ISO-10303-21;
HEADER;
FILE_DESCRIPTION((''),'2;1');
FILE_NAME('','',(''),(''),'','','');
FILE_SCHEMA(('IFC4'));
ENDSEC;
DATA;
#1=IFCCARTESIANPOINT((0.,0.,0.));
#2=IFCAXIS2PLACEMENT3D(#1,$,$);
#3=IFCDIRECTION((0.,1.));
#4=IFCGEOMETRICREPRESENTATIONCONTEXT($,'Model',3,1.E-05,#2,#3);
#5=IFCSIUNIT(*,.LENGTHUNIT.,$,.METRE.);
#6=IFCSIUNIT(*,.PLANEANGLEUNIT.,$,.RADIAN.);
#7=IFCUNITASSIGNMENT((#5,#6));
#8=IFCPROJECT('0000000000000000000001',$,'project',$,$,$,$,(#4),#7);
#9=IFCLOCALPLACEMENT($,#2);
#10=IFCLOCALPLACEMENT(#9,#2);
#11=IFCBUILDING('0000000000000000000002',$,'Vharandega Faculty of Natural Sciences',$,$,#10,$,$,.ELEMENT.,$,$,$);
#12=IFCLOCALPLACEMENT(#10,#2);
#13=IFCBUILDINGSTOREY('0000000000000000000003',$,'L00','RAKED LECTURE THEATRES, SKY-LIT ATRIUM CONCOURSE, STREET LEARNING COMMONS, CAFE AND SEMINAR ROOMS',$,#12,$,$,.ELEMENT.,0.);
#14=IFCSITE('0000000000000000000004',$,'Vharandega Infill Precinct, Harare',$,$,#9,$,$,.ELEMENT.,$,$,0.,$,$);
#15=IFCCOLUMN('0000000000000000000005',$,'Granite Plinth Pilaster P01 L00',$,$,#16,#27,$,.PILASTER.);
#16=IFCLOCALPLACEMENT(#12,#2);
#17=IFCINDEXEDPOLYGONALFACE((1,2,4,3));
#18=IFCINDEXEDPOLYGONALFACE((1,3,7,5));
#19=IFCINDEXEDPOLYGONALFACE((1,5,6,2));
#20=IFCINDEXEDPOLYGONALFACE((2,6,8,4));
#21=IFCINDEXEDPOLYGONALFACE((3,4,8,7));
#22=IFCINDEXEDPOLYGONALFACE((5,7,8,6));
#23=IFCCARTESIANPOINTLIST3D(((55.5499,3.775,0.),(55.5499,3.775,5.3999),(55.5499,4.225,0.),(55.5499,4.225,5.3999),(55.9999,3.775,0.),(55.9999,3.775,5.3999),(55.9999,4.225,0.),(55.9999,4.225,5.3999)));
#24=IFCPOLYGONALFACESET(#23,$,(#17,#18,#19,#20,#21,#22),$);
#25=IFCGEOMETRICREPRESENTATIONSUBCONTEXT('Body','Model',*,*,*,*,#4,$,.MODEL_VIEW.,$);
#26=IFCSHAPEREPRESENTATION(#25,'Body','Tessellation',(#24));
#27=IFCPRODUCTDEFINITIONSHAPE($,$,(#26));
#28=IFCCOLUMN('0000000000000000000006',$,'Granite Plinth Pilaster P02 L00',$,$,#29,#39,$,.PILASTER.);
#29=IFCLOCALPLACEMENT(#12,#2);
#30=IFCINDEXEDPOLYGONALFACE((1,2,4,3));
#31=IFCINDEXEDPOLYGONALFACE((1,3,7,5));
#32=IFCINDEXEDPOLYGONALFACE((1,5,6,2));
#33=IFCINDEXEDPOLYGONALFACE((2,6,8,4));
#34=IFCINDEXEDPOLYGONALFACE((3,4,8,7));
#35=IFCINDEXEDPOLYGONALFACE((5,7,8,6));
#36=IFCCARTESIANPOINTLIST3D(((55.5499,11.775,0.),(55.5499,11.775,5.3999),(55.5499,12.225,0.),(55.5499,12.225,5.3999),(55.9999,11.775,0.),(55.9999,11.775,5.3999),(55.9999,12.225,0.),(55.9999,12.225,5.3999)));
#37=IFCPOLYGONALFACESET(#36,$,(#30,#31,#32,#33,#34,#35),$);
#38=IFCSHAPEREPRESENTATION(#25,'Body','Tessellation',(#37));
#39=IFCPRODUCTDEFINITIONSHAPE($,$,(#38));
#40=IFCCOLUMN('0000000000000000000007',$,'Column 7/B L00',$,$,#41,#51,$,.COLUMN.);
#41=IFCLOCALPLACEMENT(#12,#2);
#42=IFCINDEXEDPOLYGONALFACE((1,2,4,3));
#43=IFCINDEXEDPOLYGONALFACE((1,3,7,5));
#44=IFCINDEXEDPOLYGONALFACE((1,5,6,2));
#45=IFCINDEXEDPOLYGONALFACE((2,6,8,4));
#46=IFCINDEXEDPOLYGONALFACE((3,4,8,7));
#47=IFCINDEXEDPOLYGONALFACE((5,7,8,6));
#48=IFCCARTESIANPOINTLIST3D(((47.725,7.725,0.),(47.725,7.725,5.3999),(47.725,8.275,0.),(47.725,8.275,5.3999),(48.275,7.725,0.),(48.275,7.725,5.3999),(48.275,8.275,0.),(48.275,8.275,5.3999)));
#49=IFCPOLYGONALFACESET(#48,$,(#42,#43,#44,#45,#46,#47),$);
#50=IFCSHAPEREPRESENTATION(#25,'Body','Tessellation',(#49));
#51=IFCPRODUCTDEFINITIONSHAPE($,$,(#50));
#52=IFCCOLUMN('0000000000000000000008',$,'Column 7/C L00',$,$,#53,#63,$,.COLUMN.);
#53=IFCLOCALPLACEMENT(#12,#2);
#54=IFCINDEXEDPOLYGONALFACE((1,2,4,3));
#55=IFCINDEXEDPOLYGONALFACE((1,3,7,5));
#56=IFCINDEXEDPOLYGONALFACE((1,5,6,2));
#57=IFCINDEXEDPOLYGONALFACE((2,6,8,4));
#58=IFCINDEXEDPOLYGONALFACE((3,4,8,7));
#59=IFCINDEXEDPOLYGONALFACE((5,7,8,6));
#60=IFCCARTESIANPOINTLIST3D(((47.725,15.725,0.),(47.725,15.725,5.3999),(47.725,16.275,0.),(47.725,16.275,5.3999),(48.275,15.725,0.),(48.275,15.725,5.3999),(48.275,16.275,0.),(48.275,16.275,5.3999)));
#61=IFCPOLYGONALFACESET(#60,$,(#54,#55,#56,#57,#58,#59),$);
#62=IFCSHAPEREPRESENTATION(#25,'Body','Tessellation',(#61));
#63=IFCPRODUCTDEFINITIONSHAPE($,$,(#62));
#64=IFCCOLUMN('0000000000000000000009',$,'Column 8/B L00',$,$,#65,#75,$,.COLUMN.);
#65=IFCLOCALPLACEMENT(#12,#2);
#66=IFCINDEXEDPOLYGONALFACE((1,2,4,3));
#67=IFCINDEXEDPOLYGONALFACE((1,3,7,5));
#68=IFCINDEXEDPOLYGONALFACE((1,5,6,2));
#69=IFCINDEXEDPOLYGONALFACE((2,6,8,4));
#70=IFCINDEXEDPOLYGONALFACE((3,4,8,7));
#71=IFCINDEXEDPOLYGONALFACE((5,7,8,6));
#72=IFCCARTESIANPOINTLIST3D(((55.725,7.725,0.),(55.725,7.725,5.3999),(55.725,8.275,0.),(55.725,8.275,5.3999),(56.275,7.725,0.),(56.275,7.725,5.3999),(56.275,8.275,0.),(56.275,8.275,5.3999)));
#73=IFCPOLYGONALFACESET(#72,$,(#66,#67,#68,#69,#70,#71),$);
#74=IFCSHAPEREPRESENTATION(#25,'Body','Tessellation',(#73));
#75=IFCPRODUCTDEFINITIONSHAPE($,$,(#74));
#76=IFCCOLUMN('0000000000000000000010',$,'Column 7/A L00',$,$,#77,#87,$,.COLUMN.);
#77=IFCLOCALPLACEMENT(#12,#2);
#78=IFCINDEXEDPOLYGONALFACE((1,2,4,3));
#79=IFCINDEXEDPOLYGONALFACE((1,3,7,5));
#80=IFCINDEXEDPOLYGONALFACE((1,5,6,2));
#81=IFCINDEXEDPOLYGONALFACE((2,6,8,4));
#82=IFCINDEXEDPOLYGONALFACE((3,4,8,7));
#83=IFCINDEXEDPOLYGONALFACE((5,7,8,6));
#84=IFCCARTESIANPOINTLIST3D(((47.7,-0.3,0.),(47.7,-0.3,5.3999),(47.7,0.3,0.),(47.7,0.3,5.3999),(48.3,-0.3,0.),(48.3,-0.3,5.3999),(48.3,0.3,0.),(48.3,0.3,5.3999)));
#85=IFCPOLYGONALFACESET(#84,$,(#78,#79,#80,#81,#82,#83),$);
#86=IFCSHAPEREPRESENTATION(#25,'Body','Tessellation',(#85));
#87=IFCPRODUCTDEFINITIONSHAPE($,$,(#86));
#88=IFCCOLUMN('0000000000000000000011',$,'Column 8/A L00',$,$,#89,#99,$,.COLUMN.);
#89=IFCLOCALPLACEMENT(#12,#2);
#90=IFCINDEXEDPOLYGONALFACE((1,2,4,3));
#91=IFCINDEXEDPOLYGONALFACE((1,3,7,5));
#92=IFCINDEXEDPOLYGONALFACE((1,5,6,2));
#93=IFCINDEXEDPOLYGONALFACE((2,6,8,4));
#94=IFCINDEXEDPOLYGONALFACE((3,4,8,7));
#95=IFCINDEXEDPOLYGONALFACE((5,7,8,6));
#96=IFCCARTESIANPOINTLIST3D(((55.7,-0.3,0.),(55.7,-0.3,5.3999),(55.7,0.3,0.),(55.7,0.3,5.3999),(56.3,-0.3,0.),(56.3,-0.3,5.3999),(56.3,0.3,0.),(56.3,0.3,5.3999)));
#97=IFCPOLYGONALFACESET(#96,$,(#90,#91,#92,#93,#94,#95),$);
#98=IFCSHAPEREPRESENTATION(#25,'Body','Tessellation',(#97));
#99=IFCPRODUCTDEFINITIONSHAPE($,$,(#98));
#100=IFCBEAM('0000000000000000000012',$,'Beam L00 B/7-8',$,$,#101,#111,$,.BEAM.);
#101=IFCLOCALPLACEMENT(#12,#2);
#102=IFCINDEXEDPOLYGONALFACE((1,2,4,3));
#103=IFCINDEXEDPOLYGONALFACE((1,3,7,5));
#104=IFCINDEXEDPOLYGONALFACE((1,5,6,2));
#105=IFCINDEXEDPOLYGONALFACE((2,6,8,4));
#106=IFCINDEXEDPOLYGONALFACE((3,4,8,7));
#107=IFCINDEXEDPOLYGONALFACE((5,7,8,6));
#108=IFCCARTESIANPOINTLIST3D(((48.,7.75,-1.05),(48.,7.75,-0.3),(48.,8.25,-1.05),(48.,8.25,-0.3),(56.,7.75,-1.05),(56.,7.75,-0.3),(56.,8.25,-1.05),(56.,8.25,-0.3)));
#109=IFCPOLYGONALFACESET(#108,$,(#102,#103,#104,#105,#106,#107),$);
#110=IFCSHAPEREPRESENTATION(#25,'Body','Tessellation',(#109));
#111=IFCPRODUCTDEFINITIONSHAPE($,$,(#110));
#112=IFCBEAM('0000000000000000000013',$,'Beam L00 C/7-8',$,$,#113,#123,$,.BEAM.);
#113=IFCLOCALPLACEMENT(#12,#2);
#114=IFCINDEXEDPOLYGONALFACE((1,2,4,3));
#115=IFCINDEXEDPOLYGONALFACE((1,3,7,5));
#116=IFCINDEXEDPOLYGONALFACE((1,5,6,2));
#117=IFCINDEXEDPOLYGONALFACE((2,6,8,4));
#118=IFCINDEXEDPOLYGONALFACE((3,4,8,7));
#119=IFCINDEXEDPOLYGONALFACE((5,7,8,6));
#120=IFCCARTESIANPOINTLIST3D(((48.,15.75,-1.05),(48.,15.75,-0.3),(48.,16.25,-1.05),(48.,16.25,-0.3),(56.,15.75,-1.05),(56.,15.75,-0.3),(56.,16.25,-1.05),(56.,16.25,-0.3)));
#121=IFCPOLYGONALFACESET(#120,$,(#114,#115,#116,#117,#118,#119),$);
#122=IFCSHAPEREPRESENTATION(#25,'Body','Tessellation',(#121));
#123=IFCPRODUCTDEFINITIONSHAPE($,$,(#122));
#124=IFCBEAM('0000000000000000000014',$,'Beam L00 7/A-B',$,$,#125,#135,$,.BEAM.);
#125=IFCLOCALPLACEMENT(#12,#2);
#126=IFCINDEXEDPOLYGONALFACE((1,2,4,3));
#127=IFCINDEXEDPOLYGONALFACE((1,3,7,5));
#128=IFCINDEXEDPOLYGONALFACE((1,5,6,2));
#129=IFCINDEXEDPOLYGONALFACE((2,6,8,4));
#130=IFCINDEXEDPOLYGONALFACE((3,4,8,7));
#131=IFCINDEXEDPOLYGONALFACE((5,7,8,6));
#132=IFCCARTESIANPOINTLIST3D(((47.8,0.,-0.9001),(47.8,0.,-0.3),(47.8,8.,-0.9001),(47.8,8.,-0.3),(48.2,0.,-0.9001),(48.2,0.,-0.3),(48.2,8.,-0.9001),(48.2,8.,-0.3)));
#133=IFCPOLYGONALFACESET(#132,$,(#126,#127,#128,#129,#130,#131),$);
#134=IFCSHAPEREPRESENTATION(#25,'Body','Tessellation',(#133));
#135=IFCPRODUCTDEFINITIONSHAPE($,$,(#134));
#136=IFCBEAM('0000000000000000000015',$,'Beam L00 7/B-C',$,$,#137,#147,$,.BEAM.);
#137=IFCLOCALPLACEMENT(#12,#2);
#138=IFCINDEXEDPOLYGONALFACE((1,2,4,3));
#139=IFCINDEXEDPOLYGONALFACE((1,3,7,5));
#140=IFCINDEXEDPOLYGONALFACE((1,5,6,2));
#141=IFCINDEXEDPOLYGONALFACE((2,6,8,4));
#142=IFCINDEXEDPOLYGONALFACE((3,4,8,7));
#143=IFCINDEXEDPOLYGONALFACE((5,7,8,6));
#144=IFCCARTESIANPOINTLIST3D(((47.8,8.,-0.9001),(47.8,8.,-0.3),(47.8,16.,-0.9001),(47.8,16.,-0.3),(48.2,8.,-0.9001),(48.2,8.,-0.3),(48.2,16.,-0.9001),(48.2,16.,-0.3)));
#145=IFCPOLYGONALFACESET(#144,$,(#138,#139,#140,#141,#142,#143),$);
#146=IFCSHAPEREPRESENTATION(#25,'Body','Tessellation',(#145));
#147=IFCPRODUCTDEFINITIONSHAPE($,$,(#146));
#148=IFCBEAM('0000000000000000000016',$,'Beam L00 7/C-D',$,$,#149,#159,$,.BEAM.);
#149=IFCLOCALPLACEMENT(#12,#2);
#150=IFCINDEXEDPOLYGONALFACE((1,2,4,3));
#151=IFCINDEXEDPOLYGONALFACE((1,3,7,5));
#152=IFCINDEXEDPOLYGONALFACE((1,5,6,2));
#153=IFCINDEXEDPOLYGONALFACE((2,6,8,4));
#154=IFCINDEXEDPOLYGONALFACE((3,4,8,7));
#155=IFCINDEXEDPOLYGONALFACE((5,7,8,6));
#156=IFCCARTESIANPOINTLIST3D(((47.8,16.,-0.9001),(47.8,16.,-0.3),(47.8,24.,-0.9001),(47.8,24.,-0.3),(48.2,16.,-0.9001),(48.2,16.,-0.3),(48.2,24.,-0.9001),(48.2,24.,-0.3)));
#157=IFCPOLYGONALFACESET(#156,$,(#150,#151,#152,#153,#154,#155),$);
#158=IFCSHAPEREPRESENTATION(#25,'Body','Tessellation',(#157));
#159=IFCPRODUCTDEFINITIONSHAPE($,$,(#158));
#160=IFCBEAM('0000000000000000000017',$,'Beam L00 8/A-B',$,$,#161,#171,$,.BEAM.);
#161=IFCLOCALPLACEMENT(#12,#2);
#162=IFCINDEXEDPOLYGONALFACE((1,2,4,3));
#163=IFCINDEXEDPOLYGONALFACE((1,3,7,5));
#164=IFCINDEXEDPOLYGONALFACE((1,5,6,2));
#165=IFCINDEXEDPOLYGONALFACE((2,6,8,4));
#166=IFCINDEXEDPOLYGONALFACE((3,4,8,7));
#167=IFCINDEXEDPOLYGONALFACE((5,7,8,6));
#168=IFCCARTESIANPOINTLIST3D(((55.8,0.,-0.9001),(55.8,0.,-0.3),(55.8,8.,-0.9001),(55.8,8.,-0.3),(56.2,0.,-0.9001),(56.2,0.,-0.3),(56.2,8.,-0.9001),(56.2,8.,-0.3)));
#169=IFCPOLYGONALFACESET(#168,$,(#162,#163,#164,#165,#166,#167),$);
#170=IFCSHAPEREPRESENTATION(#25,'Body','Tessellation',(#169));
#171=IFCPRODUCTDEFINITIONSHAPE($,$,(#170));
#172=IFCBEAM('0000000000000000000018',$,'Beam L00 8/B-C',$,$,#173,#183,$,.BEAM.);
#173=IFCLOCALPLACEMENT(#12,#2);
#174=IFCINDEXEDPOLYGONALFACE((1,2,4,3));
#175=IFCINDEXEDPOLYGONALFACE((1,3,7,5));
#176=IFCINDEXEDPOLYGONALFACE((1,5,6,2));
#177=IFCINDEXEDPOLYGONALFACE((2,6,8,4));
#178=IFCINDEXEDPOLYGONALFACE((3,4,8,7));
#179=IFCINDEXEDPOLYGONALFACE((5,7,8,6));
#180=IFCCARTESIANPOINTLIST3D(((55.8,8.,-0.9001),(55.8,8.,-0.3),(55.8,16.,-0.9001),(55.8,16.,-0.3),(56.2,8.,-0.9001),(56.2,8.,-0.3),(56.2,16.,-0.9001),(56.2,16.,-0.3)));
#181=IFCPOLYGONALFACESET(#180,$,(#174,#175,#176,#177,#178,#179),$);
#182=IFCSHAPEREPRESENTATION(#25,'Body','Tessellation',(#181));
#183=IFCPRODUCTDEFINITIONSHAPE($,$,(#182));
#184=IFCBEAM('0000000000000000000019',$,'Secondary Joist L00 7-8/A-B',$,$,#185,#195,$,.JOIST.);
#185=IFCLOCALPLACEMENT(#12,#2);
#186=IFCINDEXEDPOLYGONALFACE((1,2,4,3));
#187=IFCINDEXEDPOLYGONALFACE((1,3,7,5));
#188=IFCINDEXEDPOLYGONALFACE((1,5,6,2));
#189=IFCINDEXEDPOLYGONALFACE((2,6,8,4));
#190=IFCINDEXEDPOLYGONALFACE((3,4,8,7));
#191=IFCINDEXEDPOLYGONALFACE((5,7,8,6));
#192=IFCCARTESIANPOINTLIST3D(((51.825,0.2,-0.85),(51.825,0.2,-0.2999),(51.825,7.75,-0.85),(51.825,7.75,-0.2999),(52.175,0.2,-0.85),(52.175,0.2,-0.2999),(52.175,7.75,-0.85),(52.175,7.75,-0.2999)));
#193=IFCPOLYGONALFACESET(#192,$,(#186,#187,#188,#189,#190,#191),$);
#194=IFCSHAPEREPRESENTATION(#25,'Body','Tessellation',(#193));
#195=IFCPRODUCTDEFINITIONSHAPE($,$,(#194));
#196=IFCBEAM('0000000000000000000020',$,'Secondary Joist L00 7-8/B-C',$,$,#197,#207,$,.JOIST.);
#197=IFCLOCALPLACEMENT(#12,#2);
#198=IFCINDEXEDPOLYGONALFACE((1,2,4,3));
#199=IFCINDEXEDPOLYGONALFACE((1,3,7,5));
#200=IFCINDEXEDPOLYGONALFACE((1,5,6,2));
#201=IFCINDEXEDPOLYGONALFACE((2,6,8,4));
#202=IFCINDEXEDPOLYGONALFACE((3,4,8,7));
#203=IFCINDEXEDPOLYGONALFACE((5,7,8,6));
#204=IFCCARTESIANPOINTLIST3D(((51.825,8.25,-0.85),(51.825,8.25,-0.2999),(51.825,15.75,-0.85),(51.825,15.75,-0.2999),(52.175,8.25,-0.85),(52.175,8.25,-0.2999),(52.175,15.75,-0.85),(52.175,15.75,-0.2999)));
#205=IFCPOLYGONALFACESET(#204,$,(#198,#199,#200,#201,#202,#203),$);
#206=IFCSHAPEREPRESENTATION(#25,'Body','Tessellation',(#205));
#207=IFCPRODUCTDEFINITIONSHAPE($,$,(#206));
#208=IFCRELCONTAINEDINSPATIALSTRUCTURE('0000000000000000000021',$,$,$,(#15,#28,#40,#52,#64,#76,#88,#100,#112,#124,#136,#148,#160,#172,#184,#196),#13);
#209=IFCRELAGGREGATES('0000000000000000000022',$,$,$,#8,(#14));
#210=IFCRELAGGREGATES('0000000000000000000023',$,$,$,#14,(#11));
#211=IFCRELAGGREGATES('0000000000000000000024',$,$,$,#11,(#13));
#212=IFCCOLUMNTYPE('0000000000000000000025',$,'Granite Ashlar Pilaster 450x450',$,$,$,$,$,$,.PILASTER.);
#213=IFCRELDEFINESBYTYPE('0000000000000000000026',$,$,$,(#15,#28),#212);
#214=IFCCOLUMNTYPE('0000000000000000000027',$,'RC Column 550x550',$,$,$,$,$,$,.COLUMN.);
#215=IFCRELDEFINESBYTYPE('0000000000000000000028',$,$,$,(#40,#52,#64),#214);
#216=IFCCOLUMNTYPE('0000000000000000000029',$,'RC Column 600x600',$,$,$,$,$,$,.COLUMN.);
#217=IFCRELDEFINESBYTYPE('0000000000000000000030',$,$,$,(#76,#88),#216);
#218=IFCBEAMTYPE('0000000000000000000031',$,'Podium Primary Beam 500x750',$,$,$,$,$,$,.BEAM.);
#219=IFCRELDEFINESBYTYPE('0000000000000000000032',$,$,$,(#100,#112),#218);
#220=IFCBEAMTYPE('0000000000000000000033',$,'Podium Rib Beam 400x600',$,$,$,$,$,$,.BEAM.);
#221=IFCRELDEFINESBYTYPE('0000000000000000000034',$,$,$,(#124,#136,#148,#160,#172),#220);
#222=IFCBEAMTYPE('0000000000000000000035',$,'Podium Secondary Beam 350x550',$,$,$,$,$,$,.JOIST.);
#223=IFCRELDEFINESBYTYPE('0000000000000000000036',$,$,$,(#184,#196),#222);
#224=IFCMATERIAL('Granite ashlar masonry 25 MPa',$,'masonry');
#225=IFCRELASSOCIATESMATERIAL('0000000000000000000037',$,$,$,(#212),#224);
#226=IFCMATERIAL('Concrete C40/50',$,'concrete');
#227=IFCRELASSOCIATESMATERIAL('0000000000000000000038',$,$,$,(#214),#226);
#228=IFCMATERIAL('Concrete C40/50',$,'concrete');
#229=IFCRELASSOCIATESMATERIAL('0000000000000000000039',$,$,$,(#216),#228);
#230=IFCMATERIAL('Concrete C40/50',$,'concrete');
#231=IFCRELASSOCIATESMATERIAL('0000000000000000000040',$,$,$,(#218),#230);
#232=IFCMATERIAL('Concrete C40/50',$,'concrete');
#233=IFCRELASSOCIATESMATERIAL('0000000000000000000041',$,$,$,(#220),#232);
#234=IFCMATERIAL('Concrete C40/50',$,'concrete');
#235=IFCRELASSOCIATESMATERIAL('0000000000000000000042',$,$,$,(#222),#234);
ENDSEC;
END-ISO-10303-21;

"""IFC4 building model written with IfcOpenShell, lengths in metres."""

from ifc_helpers import new_model, si_unit, direction, frame, origin, origin_2d, place, context, subcontext, project, spatial, rectangle, extrude, material, material_profile, profile_set, type_object, element, save


model = new_model("IFC4")

# Units and contexts
model_context = context("Model", 3, precision=1e-05, world=origin(), true_north=direction((0.0, 1.0)))
body_context = subcontext(model_context, "Body", "Model", "MODEL_VIEW")
ifc_project = project(units=[si_unit("LENGTHUNIT", "METRE"), si_unit("PLANEANGLEUNIT", "RADIAN")], contexts=[model_context])

# Site, building, storey
site_placement = place(None, origin())
site = spatial("IfcSite", under=ifc_project, at=site_placement, Name="Vharandega Infill Precinct, Harare", CompositionType="ELEMENT", RefElevation=0.0)
building_placement = place(site_placement, origin())
building = spatial("IfcBuilding", under=site, at=building_placement, Name="Vharandega Faculty of Natural Sciences", CompositionType="ELEMENT")
storey_placement = place(building_placement, origin())
storey = spatial("IfcBuildingStorey", under=building, at=storey_placement, Name="L00", Description="RAKED LECTURE THEATRES, SKY-LIT ATRIUM CONCOURSE, STREET LEARNING COMMONS, CAFE AND SEMINAR ROOMS", CompositionType="ELEMENT", Elevation=0.0)

# Columns
ifc_material_1 = material(Name="Granite ashlar masonry 25 MPa", Category="masonry")
ifc_material_profile_1 = material_profile(ifc_material_1, rectangle(XDim=0.45, YDim=0.45, at=origin_2d()), Name="RECT 450X450")
ifc_profile_set_1 = profile_set([ifc_material_profile_1], Name="Granite ashlar masonry 25 MPa")
column_type_1 = type_object("IfcColumnType", Name="Granite Ashlar Pilaster 450x450", PredefinedType="PILASTER", material=ifc_profile_set_1)
for number, where, z_axis, x_axis, name in (
    (1, (55.7749, 4.0, 0.0), (0.0, 0.0, 1.0), (1.0, 0.0, 0.0), "Granite Plinth Pilaster P01 L00"),
    (2, (55.7749, 12.0, 0.0), (0.0, 0.0, 1.0), (1.0, 0.0, 0.0), "Granite Plinth Pilaster P02 L00"),
):
    element("IfcColumn", number, at=place(storey_placement, frame(where, z_axis=z_axis, x_axis=x_axis)), inside=storey, type_object=column_type_1, Name=name, PredefinedType="PILASTER", context=body_context, shape_type="SweptSolid", body=[
        extrude(rectangle(XDim=0.45, YDim=0.45, at=origin_2d()), origin(), (0.0, 0.0, 1.0), 5.3999),
    ])
ifc_material_2 = material(Name="Concrete C40/50", Category="concrete")
ifc_material_profile_2 = material_profile(ifc_material_2, rectangle(XDim=0.55, YDim=0.55, at=origin_2d()), Name="RC 550x550")
ifc_profile_set_2 = profile_set([ifc_material_profile_2], Name="Concrete C40/50")
column_type_2 = type_object("IfcColumnType", Name="RC Column 550x550", PredefinedType="COLUMN", material=ifc_profile_set_2)
for number, where, z_axis, x_axis, name in (
    (3, (48.0, 8.0, 0.0), (0.0, 0.0, 1.0), (1.0, 0.0, 0.0), "Column 7/B L00"),
    (4, (48.0, 16.0, 0.0), (0.0, 0.0, 1.0), (1.0, 0.0, 0.0), "Column 7/C L00"),
    (5, (56.0, 8.0, 0.0), (0.0, 0.0, 1.0), (1.0, 0.0, 0.0), "Column 8/B L00"),
):
    element("IfcColumn", number, at=place(storey_placement, frame(where, z_axis=z_axis, x_axis=x_axis)), inside=storey, type_object=column_type_2, Name=name, PredefinedType="COLUMN", context=body_context, shape_type="SweptSolid", body=[
        extrude(rectangle(XDim=0.55, YDim=0.55, at=origin_2d()), origin(), (0.0, 0.0, 1.0), 5.3999),
    ])
ifc_material_3 = material(Name="Concrete C40/50", Category="concrete")
ifc_material_profile_3 = material_profile(ifc_material_3, rectangle(XDim=0.6001, YDim=0.6001, at=origin_2d()), Name="RC 600x600")
ifc_profile_set_3 = profile_set([ifc_material_profile_3], Name="Concrete C40/50")
column_type_3 = type_object("IfcColumnType", Name="RC Column 600x600", PredefinedType="COLUMN", material=ifc_profile_set_3)
for number, where, z_axis, x_axis, name in (
    (6, (48.0, 0.0, 0.0), (0.0, 0.0, 1.0), (1.0, 0.0, 0.0), "Column 7/A L00"),
    (7, (56.0, 0.0, 0.0), (0.0, 0.0, 1.0), (1.0, 0.0, 0.0), "Column 8/A L00"),
):
    element("IfcColumn", number, at=place(storey_placement, frame(where, z_axis=z_axis, x_axis=x_axis)), inside=storey, type_object=column_type_3, Name=name, PredefinedType="COLUMN", context=body_context, shape_type="SweptSolid", body=[
        extrude(rectangle(XDim=0.6001, YDim=0.6001, at=origin_2d()), origin(), (0.0, 0.0, 1.0), 5.3999),
    ])

# Beams
ifc_material_4 = material(Name="Concrete C40/50", Category="concrete")
ifc_material_profile_4 = material_profile(ifc_material_4, rectangle(XDim=0.5, YDim=0.75, at=origin_2d()), Name="RC 500x750")
ifc_profile_set_4 = profile_set([ifc_material_profile_4], Name="Concrete C40/50")
beam_type_1 = type_object("IfcBeamType", Name="Podium Primary Beam 500x750", PredefinedType="BEAM", material=ifc_profile_set_4)
for number, where, z_axis, x_axis, name in (
    (8, (48.0, 8.0, -0.675), (1.0, 0.0, 0.0), (0.0, 1.0, 0.0), "Beam L00 B/7-8"),
    (9, (48.0, 16.0, -0.675), (1.0, 0.0, 0.0), (0.0, 1.0, 0.0), "Beam L00 C/7-8"),
):
    element("IfcBeam", number, at=place(storey_placement, frame(where, z_axis=z_axis, x_axis=x_axis)), inside=storey, type_object=beam_type_1, Name=name, PredefinedType="BEAM", context=body_context, shape_type="SweptSolid", body=[
        extrude(rectangle(XDim=0.5, YDim=0.75, at=origin_2d()), origin(), (0.0, 0.0, 1.0), 8.0),
    ])
ifc_material_5 = material(Name="Concrete C40/50", Category="concrete")
ifc_material_profile_5 = material_profile(ifc_material_5, rectangle(XDim=0.3999, YDim=0.6001, at=origin_2d()), Name="RC 400x600")
ifc_profile_set_5 = profile_set([ifc_material_profile_5], Name="Concrete C40/50")
beam_type_2 = type_object("IfcBeamType", Name="Podium Rib Beam 400x600", PredefinedType="BEAM", material=ifc_profile_set_5)
for number, where, z_axis, x_axis, name in (
    (10, (48.0, 0.0, -0.6001), (0.0, 1.0, 0.0), (-1.0, 0.0, 0.0), "Beam L00 7/A-B"),
    (11, (48.0, 8.0, -0.6001), (0.0, 1.0, 0.0), (-1.0, 0.0, 0.0), "Beam L00 7/B-C"),
    (12, (48.0, 16.0, -0.6001), (0.0, 1.0, 0.0), (-1.0, 0.0, 0.0), "Beam L00 7/C-D"),
    (13, (56.0, 0.0, -0.6001), (0.0, 1.0, 0.0), (-1.0, 0.0, 0.0), "Beam L00 8/A-B"),
    (14, (56.0, 8.0, -0.6001), (0.0, 1.0, 0.0), (-1.0, 0.0, 0.0), "Beam L00 8/B-C"),
):
    element("IfcBeam", number, at=place(storey_placement, frame(where, z_axis=z_axis, x_axis=x_axis)), inside=storey, type_object=beam_type_2, Name=name, PredefinedType="BEAM", context=body_context, shape_type="SweptSolid", body=[
        extrude(rectangle(XDim=0.3999, YDim=0.6001, at=origin_2d()), origin(), (0.0, 0.0, 1.0), 8.0),
    ])
ifc_material_6 = material(Name="Concrete C40/50", Category="concrete")
ifc_material_profile_6 = material_profile(ifc_material_6, rectangle(XDim=0.3501, YDim=0.55, at=origin_2d()), Name="RC 350x550")
ifc_profile_set_6 = profile_set([ifc_material_profile_6], Name="Concrete C40/50")
beam_type_3 = type_object("IfcBeamType", Name="Podium Secondary Beam 350x550", PredefinedType="JOIST", material=ifc_profile_set_6)
beam_1_placement = place(storey_placement, frame((52.0, 0.2, -0.575), z_axis=(0.0, 1.0, 0.0), x_axis=(-1.0, 0.0, 0.0)))
element("IfcBeam", 15, at=beam_1_placement, inside=storey, type_object=beam_type_3, Name="Secondary Joist L00 7-8/A-B", PredefinedType="JOIST", context=body_context, shape_type="SweptSolid", body=[
    extrude(rectangle(XDim=0.3501, YDim=0.55, at=origin_2d()), origin(), (0.0, 0.0, 1.0), 7.55),
])
beam_2_placement = place(storey_placement, frame((52.0, 8.25, -0.575), z_axis=(0.0, 1.0, 0.0), x_axis=(-1.0, 0.0, 0.0)))
element("IfcBeam", 16, at=beam_2_placement, inside=storey, type_object=beam_type_3, Name="Secondary Joist L00 7-8/B-C", PredefinedType="JOIST", context=body_context, shape_type="SweptSolid", body=[
    extrude(rectangle(XDim=0.3501, YDim=0.55, at=origin_2d()), origin(), (0.0, 0.0, 1.0), 7.5),
])

save(model, "model.ifc")
